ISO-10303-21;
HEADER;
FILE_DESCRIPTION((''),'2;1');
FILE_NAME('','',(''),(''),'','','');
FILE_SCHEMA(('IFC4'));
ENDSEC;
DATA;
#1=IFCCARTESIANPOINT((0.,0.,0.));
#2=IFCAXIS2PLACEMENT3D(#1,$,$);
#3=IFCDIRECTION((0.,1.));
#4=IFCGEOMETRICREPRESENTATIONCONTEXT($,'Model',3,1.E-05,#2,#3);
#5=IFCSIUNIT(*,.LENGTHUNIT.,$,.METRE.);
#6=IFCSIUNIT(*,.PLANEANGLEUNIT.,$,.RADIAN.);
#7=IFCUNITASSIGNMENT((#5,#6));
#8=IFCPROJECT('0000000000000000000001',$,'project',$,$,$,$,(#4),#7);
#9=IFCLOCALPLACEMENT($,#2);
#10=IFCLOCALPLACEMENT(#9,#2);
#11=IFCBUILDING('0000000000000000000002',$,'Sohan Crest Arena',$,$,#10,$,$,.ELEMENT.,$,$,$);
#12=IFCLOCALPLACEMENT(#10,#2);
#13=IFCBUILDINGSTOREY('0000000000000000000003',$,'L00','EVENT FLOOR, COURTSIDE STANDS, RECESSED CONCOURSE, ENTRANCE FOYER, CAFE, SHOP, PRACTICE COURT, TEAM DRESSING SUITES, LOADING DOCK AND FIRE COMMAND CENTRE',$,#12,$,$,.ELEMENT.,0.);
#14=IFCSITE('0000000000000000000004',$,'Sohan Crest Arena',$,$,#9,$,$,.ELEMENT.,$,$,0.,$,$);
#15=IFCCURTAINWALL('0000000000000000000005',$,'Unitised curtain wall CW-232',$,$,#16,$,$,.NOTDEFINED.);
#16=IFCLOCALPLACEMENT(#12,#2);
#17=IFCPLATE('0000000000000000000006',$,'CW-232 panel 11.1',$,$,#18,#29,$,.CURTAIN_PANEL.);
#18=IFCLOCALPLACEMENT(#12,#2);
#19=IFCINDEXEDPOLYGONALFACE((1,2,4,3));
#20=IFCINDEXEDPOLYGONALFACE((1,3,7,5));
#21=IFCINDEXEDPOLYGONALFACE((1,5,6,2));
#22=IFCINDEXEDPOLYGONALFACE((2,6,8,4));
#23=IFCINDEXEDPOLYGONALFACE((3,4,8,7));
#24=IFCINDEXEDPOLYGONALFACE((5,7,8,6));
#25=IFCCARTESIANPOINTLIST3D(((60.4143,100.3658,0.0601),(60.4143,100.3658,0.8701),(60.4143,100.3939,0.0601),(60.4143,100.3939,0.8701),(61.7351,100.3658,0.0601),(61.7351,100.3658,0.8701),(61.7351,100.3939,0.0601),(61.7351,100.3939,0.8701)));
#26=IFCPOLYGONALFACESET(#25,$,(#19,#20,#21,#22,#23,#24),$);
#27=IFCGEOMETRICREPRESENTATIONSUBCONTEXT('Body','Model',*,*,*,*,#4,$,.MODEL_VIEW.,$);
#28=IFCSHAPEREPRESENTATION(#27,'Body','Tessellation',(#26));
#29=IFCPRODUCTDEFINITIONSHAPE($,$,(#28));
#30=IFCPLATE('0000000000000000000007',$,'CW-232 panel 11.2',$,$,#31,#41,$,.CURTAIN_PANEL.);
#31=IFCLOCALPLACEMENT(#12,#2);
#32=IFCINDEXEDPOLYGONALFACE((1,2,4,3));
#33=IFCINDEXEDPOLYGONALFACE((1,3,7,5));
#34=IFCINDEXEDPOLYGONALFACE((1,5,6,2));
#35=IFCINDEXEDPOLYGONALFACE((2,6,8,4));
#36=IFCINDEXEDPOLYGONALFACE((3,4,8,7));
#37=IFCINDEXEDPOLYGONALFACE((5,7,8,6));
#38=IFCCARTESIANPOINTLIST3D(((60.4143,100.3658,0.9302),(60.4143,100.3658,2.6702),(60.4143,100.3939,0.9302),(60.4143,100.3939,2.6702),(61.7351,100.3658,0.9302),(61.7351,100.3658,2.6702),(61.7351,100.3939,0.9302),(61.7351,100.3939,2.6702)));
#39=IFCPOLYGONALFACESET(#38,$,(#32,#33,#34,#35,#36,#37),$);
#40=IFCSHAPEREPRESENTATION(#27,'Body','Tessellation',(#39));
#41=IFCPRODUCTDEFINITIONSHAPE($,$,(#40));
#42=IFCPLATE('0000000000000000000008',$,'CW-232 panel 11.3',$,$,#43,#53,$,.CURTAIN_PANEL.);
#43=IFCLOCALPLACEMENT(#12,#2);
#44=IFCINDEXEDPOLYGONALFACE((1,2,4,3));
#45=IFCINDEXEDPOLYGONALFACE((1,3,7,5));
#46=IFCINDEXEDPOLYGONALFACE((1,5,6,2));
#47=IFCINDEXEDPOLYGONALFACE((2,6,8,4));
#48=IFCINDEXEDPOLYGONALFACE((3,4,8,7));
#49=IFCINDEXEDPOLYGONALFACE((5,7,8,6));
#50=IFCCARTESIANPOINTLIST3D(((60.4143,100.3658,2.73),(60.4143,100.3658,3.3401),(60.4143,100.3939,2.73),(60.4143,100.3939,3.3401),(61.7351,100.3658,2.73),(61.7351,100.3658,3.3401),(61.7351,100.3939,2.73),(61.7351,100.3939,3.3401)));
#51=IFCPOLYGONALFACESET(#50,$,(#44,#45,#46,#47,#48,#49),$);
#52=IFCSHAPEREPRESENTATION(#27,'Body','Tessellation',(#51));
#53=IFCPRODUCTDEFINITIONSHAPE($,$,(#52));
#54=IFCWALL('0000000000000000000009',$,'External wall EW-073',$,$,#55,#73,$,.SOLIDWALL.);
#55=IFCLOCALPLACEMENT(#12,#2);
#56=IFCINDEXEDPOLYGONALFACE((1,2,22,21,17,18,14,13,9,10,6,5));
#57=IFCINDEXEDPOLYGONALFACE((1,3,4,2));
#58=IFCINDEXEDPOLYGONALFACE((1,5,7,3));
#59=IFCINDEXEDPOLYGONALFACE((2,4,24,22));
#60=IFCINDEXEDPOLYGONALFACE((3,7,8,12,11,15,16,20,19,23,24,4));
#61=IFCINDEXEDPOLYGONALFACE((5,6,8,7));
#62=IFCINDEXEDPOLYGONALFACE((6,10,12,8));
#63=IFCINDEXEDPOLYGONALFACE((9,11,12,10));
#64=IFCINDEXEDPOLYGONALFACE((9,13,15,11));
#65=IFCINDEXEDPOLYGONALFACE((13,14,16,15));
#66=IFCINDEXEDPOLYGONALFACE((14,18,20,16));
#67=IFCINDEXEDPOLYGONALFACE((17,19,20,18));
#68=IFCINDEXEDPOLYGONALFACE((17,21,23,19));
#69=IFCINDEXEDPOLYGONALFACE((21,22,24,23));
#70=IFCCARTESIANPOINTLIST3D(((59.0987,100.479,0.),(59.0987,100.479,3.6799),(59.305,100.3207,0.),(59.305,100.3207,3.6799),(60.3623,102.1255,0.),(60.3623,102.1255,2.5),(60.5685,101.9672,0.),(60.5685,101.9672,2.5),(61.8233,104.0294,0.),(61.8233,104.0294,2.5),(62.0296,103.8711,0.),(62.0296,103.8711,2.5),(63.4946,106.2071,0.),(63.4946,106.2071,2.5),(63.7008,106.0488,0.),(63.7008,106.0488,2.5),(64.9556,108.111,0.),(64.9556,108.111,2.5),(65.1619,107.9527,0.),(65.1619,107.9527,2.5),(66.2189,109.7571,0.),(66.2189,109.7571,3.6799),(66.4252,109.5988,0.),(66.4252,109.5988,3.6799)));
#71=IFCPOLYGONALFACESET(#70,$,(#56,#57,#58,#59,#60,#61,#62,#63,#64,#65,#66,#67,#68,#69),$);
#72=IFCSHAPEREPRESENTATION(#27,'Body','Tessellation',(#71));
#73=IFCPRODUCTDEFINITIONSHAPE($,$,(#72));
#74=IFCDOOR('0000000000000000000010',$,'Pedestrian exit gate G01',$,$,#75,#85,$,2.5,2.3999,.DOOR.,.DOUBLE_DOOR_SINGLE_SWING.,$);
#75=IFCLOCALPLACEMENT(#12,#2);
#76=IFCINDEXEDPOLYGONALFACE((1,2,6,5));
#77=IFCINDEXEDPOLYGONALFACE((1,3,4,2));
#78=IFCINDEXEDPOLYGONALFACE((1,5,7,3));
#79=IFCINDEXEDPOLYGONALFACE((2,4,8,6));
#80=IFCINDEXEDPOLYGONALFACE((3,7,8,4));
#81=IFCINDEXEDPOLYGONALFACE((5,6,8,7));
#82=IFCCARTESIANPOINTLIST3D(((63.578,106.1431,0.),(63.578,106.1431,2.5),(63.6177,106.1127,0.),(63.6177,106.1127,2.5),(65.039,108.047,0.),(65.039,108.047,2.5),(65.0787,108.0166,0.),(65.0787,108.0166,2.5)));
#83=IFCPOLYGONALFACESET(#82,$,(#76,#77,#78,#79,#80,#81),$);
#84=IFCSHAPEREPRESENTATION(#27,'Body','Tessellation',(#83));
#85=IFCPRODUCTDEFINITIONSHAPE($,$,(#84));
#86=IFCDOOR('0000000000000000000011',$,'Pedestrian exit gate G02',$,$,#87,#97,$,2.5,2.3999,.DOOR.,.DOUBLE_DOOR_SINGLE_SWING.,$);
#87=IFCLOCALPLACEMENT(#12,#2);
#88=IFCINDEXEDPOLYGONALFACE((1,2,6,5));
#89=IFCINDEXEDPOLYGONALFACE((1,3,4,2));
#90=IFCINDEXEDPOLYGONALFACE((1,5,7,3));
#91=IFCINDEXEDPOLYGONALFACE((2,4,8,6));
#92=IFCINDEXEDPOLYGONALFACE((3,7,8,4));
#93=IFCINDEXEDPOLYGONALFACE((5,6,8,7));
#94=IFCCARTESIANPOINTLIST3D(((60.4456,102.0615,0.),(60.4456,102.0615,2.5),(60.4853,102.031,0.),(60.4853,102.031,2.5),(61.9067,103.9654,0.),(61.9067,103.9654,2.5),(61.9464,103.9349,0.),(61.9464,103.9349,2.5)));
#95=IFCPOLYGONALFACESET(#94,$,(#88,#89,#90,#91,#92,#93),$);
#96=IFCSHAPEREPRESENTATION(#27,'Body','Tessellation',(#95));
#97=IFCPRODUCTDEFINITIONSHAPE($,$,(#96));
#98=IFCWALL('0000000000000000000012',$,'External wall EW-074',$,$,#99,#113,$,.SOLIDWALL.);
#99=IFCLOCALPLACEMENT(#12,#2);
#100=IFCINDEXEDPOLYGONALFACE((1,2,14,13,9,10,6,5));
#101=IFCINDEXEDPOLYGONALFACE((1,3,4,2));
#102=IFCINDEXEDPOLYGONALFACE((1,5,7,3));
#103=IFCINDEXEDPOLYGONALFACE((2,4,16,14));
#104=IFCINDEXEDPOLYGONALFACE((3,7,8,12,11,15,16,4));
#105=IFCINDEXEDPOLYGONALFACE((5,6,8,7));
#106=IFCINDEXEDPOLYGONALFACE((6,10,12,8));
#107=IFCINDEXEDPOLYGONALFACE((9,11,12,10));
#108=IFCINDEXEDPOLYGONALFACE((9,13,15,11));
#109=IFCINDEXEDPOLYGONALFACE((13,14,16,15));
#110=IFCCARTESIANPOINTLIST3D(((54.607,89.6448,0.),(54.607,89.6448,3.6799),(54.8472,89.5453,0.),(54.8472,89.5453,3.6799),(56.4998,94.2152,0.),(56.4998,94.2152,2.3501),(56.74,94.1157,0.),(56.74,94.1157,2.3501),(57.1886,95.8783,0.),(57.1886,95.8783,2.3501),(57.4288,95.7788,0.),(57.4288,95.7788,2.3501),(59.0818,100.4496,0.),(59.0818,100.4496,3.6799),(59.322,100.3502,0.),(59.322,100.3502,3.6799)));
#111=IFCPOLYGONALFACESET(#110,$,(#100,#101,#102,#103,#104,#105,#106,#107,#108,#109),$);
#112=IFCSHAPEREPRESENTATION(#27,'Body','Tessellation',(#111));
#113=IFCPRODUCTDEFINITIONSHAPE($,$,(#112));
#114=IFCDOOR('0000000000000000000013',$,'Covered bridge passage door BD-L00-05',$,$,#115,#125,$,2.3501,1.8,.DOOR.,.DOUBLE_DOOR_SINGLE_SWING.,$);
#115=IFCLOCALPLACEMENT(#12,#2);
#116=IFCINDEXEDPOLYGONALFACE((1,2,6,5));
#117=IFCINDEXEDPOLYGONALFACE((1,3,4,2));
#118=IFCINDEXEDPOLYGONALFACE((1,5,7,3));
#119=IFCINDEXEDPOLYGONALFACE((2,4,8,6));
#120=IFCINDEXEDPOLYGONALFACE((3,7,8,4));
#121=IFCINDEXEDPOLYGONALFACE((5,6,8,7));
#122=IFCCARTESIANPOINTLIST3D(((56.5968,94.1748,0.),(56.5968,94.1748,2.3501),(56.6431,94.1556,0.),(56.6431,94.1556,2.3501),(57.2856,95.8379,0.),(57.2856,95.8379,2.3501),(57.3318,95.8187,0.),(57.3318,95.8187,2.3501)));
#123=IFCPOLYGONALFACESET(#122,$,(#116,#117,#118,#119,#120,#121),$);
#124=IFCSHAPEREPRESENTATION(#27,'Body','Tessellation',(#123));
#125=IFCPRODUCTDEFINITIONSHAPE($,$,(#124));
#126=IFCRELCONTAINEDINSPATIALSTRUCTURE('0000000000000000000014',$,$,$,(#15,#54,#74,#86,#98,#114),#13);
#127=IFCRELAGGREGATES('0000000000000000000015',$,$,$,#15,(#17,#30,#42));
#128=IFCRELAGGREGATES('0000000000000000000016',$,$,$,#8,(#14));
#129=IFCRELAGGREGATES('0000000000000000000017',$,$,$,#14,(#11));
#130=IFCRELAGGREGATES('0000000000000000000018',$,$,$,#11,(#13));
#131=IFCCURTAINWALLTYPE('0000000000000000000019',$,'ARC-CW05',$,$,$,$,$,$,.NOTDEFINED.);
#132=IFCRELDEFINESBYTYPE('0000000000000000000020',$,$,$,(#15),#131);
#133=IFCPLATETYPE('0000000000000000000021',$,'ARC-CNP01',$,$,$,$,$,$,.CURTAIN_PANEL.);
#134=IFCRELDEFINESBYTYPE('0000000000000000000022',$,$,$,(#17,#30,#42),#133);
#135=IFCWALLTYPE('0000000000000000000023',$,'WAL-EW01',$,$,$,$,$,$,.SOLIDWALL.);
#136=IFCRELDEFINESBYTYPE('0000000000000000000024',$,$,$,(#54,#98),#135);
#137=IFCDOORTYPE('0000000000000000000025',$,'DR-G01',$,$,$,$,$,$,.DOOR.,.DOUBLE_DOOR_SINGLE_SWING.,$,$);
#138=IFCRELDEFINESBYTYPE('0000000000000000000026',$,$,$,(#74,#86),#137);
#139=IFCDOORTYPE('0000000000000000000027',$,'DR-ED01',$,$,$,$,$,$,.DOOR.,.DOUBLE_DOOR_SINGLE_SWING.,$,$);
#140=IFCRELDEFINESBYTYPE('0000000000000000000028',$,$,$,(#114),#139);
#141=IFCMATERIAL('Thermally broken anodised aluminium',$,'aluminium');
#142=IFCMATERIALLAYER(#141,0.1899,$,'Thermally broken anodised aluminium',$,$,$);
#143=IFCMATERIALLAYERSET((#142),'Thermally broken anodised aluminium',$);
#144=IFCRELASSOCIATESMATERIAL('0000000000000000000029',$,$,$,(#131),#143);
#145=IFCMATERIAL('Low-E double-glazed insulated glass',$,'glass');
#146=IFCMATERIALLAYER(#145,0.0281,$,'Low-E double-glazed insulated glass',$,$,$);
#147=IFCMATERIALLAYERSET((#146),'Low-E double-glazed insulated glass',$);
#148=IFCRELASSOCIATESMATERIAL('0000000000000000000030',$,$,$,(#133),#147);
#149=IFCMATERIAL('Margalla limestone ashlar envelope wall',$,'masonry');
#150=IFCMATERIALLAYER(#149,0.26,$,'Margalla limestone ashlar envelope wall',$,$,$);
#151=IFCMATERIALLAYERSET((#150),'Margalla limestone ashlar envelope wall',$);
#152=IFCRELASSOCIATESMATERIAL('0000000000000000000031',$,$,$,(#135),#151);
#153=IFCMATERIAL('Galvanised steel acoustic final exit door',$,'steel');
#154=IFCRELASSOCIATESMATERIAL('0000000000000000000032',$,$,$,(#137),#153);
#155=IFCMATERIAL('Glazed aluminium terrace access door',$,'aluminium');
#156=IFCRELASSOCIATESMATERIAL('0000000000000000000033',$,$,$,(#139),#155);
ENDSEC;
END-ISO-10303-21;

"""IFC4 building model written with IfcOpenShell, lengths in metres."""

from ifc_helpers import new_model, si_unit, direction, frame, frame_2d, origin, origin_2d, place, context, subcontext, project, spatial, rectangle, extrude, material, layer, layer_set, type_object, element, fill, aggregate, save


model = new_model("IFC4")

# Units and contexts
model_context = context("Model", 3, precision=1e-05, world=origin(), true_north=direction((0.0, 1.0)))
body_context = subcontext(model_context, "Body", "Model", "MODEL_VIEW")
ifc_project = project(units=[si_unit("LENGTHUNIT", "METRE"), si_unit("PLANEANGLEUNIT", "RADIAN")], contexts=[model_context])

# Site, building, storey
site_placement = place(None, origin())
site = spatial("IfcSite", under=ifc_project, at=site_placement, Name="Sohan Crest Arena", CompositionType="ELEMENT", RefElevation=0.0)
building_placement = place(site_placement, origin())
building = spatial("IfcBuilding", under=site, at=building_placement, Name="Sohan Crest Arena", CompositionType="ELEMENT")
storey_placement = place(building_placement, origin())
storey = spatial("IfcBuildingStorey", under=building, at=storey_placement, Name="L00", Description="EVENT FLOOR, COURTSIDE STANDS, RECESSED CONCOURSE, ENTRANCE FOYER, CAFE, SHOP, PRACTICE COURT, TEAM DRESSING SUITES, LOADING DOCK AND FIRE COMMAND CENTRE", CompositionType="ELEMENT", Elevation=0.0)

# Curtain wall
ifc_material_1 = material(Name="Thermally broken anodised aluminium", Category="aluminium")
ifc_layer_1 = layer(ifc_material_1, 0.1899, Name="Thermally broken anodised aluminium")
ifc_layer_set_1 = layer_set([ifc_layer_1], Name="Thermally broken anodised aluminium")
curtain_wall_type_1 = type_object("IfcCurtainWallType", Name="ARC-CW05", PredefinedType="NOTDEFINED", material=ifc_layer_set_1)
curtain_wall_1_placement = place(storey_placement, origin())
curtain_wall_1 = element("IfcCurtainWall", 1, at=curtain_wall_1_placement, inside=storey, type_object=curtain_wall_type_1, Name="Unitised curtain wall CW-232", PredefinedType="NOTDEFINED")

# Plates
ifc_material_2 = material(Name="Low-E double-glazed insulated glass", Category="glass")
ifc_layer_2 = layer(ifc_material_2, 0.0281, Name="Low-E double-glazed insulated glass")
ifc_layer_set_2 = layer_set([ifc_layer_2], Name="Low-E double-glazed insulated glass")
plate_type = type_object("IfcPlateType", Name="ARC-CNP01", PredefinedType="CURTAIN_PANEL", material=ifc_layer_set_2)
plate_1_placement = place(storey_placement, frame((61.0747, 100.3799, 0.0601), z_axis=(0.0, 0.0, 1.0), x_axis=(1.0, 0.0, 0.0)))
plate_1 = element("IfcPlate", 2, at=plate_1_placement, type_object=plate_type, Name="CW-232 panel 11.1", PredefinedType="CURTAIN_PANEL", context=body_context, shape_type="SweptSolid", body=[
    extrude(rectangle(XDim=1.3208, YDim=0.0281, at=origin_2d()), origin(), (0.0, 0.0, 1.0), 0.8101),
])
plate_2_placement = place(storey_placement, frame((61.0747, 100.3799, 0.9302), z_axis=(0.0, 0.0, 1.0), x_axis=(1.0, 0.0, 0.0)))
plate_2 = element("IfcPlate", 3, at=plate_2_placement, type_object=plate_type, Name="CW-232 panel 11.2", PredefinedType="CURTAIN_PANEL", context=body_context, shape_type="SweptSolid", body=[
    extrude(rectangle(XDim=1.3208, YDim=0.0281, at=origin_2d()), origin(), (0.0, 0.0, 1.0), 1.74),
])
plate_3_placement = place(storey_placement, frame((61.0747, 100.3799, 2.73), z_axis=(0.0, 0.0, 1.0), x_axis=(1.0, 0.0, 0.0)))
plate_3 = element("IfcPlate", 4, at=plate_3_placement, type_object=plate_type, Name="CW-232 panel 11.3", PredefinedType="CURTAIN_PANEL", context=body_context, shape_type="SweptSolid", body=[
    extrude(rectangle(XDim=1.3208, YDim=0.0281, at=origin_2d()), origin(), (0.0, 0.0, 1.0), 0.6101),
])
aggregate(curtain_wall_1, [plate_1, plate_2, plate_3])

# Wall, openings, doors
ifc_material_3 = material(Name="Margalla limestone ashlar envelope wall", Category="masonry")
ifc_layer_3 = layer(ifc_material_3, 0.26, Name="Margalla limestone ashlar envelope wall")
ifc_layer_set_3 = layer_set([ifc_layer_3], Name="Margalla limestone ashlar envelope wall")
wall_type = type_object("IfcWallType", Name="WAL-EW01", PredefinedType="SOLIDWALL", material=ifc_layer_set_3)
wall_1_placement = place(storey_placement, frame((66.322, 109.678, 0.0), z_axis=(0.0, 0.0, 1.0), x_axis=(-0.608804, -0.79332, 0.0)))
wall_1 = element("IfcWall", 5, at=wall_1_placement, inside=storey, type_object=wall_type, Name="External wall EW-073", PredefinedType="SOLIDWALL", context=body_context, shape_type="SweptSolid", body=[
    extrude(rectangle(XDim=11.6953, YDim=0.26, at=frame_2d((5.8477, 0.0))), origin(), (0.0, 0.0, 1.0), 3.6799),
])
opening_1_placement = place(wall_1_placement, frame((2.075, 0.0, 0.0)))
opening_1 = element("IfcOpeningElement", 6, at=opening_1_placement, cuts=wall_1, PredefinedType="OPENING", context=body_context, shape_type="SweptSolid", body=[
    extrude(rectangle(XDim=2.3999, YDim=2.5, at=frame_2d((1.2, 1.25))), frame((0.0, 0.1399, 0.0), z_axis=(0.0, -1.0, 0.0), x_axis=(1.0, 0.0, 0.0)), (0.0, 0.0, 1.0), 0.28),
])
opening_2_placement = place(wall_1_placement, frame((7.22, 0.0, 0.0)))
opening_2 = element("IfcOpeningElement", 7, at=opening_2_placement, cuts=wall_1, PredefinedType="OPENING", context=body_context, shape_type="SweptSolid", body=[
    extrude(rectangle(XDim=2.3999, YDim=2.5, at=frame_2d((1.2, 1.25))), frame((0.0, 0.1399, 0.0), z_axis=(0.0, -1.0, 0.0), x_axis=(1.0, 0.0, 0.0)), (0.0, 0.0, 1.0), 0.28),
])
ifc_material_4 = material(Name="Galvanised steel acoustic final exit door", Category="steel")
door_type_1 = type_object("IfcDoorType", Name="DR-G01", OperationType="DOUBLE_DOOR_SINGLE_SWING", PredefinedType="DOOR", material=ifc_material_4)
door_1_placement = place(opening_1_placement, frame((2.3999, 0.0, 0.0), z_axis=(0.0, 0.0, 1.0), x_axis=(-1.0, 0.0, 0.0)))
door_1 = element("IfcDoor", 8, at=door_1_placement, inside=storey, type_object=door_type_1, Name="Pedestrian exit gate G01", OperationType="DOUBLE_DOOR_SINGLE_SWING", OverallHeight=2.5, OverallWidth=2.3999, PredefinedType="DOOR", context=body_context, shape_type="SweptSolid", body=[
    extrude(rectangle(XDim=2.3999, YDim=2.5, at=frame_2d((1.2, 1.25))), frame((0.0, 0.0249, 0.0), z_axis=(0.0, -1.0, 0.0), x_axis=(1.0, 0.0, 0.0)), (0.0, 0.0, 1.0), 0.05),
])
fill(opening_1, door_1)
door_2_placement = place(opening_2_placement, frame((2.3999, 0.0, 0.0), z_axis=(0.0, 0.0, 1.0), x_axis=(-1.0, 0.0, 0.0)))
door_2 = element("IfcDoor", 9, at=door_2_placement, inside=storey, type_object=door_type_1, Name="Pedestrian exit gate G02", OperationType="DOUBLE_DOOR_SINGLE_SWING", OverallHeight=2.5, OverallWidth=2.3999, PredefinedType="DOOR", context=body_context, shape_type="SweptSolid", body=[
    extrude(rectangle(XDim=2.3999, YDim=2.5, at=frame_2d((1.2, 1.25))), frame((0.0, 0.0249, 0.0), z_axis=(0.0, -1.0, 0.0), x_axis=(1.0, 0.0, 0.0)), (0.0, 0.0, 1.0), 0.05),
])
fill(opening_2, door_2)

# Wall, opening, door
wall_2_placement = place(storey_placement, frame((59.2019, 100.3999, 0.0), z_axis=(0.0, 0.0, 1.0), x_axis=(-0.382633, -0.923901, 0.0)))
wall_2 = element("IfcWall", 10, at=wall_2_placement, inside=storey, type_object=wall_type, Name="External wall EW-074", PredefinedType="SOLIDWALL", context=body_context, shape_type="SweptSolid", body=[
    extrude(rectangle(XDim=11.6948, YDim=0.26, at=frame_2d((5.8474, 0.0))), origin(), (0.0, 0.0, 1.0), 3.6799),
])
opening_3_placement = place(wall_2_placement, frame((4.948, 0.0, 0.0)))
opening_3 = element("IfcOpeningElement", 11, at=opening_3_placement, cuts=wall_2, PredefinedType="OPENING", context=body_context, shape_type="SweptSolid", body=[
    extrude(rectangle(XDim=1.8, YDim=2.3501, at=frame_2d((0.8999, 1.175))), frame((0.0, 0.1399, 0.0), z_axis=(0.0, -1.0, 0.0), x_axis=(1.0, 0.0, 0.0)), (0.0, 0.0, 1.0), 0.28),
])
ifc_material_5 = material(Name="Glazed aluminium terrace access door", Category="aluminium")
door_type_2 = type_object("IfcDoorType", Name="DR-ED01", OperationType="DOUBLE_DOOR_SINGLE_SWING", PredefinedType="DOOR", material=ifc_material_5)
door_3_placement = place(opening_3_placement, frame((1.8, 0.0, 0.0), z_axis=(0.0, 0.0, 1.0), x_axis=(-1.0, 0.0, 0.0)))
door_3 = element("IfcDoor", 12, at=door_3_placement, inside=storey, type_object=door_type_2, Name="Covered bridge passage door BD-L00-05", OperationType="DOUBLE_DOOR_SINGLE_SWING", OverallHeight=2.3501, OverallWidth=1.8, PredefinedType="DOOR", context=body_context, shape_type="SweptSolid", body=[
    extrude(rectangle(XDim=1.8, YDim=2.3501, at=frame_2d((0.8999, 1.175))), frame((0.0, 0.0249, 0.0), z_axis=(0.0, -1.0, 0.0), x_axis=(1.0, 0.0, 0.0)), (0.0, 0.0, 1.0), 0.05),
])
fill(opening_3, door_3)

save(model, "model.ifc")
